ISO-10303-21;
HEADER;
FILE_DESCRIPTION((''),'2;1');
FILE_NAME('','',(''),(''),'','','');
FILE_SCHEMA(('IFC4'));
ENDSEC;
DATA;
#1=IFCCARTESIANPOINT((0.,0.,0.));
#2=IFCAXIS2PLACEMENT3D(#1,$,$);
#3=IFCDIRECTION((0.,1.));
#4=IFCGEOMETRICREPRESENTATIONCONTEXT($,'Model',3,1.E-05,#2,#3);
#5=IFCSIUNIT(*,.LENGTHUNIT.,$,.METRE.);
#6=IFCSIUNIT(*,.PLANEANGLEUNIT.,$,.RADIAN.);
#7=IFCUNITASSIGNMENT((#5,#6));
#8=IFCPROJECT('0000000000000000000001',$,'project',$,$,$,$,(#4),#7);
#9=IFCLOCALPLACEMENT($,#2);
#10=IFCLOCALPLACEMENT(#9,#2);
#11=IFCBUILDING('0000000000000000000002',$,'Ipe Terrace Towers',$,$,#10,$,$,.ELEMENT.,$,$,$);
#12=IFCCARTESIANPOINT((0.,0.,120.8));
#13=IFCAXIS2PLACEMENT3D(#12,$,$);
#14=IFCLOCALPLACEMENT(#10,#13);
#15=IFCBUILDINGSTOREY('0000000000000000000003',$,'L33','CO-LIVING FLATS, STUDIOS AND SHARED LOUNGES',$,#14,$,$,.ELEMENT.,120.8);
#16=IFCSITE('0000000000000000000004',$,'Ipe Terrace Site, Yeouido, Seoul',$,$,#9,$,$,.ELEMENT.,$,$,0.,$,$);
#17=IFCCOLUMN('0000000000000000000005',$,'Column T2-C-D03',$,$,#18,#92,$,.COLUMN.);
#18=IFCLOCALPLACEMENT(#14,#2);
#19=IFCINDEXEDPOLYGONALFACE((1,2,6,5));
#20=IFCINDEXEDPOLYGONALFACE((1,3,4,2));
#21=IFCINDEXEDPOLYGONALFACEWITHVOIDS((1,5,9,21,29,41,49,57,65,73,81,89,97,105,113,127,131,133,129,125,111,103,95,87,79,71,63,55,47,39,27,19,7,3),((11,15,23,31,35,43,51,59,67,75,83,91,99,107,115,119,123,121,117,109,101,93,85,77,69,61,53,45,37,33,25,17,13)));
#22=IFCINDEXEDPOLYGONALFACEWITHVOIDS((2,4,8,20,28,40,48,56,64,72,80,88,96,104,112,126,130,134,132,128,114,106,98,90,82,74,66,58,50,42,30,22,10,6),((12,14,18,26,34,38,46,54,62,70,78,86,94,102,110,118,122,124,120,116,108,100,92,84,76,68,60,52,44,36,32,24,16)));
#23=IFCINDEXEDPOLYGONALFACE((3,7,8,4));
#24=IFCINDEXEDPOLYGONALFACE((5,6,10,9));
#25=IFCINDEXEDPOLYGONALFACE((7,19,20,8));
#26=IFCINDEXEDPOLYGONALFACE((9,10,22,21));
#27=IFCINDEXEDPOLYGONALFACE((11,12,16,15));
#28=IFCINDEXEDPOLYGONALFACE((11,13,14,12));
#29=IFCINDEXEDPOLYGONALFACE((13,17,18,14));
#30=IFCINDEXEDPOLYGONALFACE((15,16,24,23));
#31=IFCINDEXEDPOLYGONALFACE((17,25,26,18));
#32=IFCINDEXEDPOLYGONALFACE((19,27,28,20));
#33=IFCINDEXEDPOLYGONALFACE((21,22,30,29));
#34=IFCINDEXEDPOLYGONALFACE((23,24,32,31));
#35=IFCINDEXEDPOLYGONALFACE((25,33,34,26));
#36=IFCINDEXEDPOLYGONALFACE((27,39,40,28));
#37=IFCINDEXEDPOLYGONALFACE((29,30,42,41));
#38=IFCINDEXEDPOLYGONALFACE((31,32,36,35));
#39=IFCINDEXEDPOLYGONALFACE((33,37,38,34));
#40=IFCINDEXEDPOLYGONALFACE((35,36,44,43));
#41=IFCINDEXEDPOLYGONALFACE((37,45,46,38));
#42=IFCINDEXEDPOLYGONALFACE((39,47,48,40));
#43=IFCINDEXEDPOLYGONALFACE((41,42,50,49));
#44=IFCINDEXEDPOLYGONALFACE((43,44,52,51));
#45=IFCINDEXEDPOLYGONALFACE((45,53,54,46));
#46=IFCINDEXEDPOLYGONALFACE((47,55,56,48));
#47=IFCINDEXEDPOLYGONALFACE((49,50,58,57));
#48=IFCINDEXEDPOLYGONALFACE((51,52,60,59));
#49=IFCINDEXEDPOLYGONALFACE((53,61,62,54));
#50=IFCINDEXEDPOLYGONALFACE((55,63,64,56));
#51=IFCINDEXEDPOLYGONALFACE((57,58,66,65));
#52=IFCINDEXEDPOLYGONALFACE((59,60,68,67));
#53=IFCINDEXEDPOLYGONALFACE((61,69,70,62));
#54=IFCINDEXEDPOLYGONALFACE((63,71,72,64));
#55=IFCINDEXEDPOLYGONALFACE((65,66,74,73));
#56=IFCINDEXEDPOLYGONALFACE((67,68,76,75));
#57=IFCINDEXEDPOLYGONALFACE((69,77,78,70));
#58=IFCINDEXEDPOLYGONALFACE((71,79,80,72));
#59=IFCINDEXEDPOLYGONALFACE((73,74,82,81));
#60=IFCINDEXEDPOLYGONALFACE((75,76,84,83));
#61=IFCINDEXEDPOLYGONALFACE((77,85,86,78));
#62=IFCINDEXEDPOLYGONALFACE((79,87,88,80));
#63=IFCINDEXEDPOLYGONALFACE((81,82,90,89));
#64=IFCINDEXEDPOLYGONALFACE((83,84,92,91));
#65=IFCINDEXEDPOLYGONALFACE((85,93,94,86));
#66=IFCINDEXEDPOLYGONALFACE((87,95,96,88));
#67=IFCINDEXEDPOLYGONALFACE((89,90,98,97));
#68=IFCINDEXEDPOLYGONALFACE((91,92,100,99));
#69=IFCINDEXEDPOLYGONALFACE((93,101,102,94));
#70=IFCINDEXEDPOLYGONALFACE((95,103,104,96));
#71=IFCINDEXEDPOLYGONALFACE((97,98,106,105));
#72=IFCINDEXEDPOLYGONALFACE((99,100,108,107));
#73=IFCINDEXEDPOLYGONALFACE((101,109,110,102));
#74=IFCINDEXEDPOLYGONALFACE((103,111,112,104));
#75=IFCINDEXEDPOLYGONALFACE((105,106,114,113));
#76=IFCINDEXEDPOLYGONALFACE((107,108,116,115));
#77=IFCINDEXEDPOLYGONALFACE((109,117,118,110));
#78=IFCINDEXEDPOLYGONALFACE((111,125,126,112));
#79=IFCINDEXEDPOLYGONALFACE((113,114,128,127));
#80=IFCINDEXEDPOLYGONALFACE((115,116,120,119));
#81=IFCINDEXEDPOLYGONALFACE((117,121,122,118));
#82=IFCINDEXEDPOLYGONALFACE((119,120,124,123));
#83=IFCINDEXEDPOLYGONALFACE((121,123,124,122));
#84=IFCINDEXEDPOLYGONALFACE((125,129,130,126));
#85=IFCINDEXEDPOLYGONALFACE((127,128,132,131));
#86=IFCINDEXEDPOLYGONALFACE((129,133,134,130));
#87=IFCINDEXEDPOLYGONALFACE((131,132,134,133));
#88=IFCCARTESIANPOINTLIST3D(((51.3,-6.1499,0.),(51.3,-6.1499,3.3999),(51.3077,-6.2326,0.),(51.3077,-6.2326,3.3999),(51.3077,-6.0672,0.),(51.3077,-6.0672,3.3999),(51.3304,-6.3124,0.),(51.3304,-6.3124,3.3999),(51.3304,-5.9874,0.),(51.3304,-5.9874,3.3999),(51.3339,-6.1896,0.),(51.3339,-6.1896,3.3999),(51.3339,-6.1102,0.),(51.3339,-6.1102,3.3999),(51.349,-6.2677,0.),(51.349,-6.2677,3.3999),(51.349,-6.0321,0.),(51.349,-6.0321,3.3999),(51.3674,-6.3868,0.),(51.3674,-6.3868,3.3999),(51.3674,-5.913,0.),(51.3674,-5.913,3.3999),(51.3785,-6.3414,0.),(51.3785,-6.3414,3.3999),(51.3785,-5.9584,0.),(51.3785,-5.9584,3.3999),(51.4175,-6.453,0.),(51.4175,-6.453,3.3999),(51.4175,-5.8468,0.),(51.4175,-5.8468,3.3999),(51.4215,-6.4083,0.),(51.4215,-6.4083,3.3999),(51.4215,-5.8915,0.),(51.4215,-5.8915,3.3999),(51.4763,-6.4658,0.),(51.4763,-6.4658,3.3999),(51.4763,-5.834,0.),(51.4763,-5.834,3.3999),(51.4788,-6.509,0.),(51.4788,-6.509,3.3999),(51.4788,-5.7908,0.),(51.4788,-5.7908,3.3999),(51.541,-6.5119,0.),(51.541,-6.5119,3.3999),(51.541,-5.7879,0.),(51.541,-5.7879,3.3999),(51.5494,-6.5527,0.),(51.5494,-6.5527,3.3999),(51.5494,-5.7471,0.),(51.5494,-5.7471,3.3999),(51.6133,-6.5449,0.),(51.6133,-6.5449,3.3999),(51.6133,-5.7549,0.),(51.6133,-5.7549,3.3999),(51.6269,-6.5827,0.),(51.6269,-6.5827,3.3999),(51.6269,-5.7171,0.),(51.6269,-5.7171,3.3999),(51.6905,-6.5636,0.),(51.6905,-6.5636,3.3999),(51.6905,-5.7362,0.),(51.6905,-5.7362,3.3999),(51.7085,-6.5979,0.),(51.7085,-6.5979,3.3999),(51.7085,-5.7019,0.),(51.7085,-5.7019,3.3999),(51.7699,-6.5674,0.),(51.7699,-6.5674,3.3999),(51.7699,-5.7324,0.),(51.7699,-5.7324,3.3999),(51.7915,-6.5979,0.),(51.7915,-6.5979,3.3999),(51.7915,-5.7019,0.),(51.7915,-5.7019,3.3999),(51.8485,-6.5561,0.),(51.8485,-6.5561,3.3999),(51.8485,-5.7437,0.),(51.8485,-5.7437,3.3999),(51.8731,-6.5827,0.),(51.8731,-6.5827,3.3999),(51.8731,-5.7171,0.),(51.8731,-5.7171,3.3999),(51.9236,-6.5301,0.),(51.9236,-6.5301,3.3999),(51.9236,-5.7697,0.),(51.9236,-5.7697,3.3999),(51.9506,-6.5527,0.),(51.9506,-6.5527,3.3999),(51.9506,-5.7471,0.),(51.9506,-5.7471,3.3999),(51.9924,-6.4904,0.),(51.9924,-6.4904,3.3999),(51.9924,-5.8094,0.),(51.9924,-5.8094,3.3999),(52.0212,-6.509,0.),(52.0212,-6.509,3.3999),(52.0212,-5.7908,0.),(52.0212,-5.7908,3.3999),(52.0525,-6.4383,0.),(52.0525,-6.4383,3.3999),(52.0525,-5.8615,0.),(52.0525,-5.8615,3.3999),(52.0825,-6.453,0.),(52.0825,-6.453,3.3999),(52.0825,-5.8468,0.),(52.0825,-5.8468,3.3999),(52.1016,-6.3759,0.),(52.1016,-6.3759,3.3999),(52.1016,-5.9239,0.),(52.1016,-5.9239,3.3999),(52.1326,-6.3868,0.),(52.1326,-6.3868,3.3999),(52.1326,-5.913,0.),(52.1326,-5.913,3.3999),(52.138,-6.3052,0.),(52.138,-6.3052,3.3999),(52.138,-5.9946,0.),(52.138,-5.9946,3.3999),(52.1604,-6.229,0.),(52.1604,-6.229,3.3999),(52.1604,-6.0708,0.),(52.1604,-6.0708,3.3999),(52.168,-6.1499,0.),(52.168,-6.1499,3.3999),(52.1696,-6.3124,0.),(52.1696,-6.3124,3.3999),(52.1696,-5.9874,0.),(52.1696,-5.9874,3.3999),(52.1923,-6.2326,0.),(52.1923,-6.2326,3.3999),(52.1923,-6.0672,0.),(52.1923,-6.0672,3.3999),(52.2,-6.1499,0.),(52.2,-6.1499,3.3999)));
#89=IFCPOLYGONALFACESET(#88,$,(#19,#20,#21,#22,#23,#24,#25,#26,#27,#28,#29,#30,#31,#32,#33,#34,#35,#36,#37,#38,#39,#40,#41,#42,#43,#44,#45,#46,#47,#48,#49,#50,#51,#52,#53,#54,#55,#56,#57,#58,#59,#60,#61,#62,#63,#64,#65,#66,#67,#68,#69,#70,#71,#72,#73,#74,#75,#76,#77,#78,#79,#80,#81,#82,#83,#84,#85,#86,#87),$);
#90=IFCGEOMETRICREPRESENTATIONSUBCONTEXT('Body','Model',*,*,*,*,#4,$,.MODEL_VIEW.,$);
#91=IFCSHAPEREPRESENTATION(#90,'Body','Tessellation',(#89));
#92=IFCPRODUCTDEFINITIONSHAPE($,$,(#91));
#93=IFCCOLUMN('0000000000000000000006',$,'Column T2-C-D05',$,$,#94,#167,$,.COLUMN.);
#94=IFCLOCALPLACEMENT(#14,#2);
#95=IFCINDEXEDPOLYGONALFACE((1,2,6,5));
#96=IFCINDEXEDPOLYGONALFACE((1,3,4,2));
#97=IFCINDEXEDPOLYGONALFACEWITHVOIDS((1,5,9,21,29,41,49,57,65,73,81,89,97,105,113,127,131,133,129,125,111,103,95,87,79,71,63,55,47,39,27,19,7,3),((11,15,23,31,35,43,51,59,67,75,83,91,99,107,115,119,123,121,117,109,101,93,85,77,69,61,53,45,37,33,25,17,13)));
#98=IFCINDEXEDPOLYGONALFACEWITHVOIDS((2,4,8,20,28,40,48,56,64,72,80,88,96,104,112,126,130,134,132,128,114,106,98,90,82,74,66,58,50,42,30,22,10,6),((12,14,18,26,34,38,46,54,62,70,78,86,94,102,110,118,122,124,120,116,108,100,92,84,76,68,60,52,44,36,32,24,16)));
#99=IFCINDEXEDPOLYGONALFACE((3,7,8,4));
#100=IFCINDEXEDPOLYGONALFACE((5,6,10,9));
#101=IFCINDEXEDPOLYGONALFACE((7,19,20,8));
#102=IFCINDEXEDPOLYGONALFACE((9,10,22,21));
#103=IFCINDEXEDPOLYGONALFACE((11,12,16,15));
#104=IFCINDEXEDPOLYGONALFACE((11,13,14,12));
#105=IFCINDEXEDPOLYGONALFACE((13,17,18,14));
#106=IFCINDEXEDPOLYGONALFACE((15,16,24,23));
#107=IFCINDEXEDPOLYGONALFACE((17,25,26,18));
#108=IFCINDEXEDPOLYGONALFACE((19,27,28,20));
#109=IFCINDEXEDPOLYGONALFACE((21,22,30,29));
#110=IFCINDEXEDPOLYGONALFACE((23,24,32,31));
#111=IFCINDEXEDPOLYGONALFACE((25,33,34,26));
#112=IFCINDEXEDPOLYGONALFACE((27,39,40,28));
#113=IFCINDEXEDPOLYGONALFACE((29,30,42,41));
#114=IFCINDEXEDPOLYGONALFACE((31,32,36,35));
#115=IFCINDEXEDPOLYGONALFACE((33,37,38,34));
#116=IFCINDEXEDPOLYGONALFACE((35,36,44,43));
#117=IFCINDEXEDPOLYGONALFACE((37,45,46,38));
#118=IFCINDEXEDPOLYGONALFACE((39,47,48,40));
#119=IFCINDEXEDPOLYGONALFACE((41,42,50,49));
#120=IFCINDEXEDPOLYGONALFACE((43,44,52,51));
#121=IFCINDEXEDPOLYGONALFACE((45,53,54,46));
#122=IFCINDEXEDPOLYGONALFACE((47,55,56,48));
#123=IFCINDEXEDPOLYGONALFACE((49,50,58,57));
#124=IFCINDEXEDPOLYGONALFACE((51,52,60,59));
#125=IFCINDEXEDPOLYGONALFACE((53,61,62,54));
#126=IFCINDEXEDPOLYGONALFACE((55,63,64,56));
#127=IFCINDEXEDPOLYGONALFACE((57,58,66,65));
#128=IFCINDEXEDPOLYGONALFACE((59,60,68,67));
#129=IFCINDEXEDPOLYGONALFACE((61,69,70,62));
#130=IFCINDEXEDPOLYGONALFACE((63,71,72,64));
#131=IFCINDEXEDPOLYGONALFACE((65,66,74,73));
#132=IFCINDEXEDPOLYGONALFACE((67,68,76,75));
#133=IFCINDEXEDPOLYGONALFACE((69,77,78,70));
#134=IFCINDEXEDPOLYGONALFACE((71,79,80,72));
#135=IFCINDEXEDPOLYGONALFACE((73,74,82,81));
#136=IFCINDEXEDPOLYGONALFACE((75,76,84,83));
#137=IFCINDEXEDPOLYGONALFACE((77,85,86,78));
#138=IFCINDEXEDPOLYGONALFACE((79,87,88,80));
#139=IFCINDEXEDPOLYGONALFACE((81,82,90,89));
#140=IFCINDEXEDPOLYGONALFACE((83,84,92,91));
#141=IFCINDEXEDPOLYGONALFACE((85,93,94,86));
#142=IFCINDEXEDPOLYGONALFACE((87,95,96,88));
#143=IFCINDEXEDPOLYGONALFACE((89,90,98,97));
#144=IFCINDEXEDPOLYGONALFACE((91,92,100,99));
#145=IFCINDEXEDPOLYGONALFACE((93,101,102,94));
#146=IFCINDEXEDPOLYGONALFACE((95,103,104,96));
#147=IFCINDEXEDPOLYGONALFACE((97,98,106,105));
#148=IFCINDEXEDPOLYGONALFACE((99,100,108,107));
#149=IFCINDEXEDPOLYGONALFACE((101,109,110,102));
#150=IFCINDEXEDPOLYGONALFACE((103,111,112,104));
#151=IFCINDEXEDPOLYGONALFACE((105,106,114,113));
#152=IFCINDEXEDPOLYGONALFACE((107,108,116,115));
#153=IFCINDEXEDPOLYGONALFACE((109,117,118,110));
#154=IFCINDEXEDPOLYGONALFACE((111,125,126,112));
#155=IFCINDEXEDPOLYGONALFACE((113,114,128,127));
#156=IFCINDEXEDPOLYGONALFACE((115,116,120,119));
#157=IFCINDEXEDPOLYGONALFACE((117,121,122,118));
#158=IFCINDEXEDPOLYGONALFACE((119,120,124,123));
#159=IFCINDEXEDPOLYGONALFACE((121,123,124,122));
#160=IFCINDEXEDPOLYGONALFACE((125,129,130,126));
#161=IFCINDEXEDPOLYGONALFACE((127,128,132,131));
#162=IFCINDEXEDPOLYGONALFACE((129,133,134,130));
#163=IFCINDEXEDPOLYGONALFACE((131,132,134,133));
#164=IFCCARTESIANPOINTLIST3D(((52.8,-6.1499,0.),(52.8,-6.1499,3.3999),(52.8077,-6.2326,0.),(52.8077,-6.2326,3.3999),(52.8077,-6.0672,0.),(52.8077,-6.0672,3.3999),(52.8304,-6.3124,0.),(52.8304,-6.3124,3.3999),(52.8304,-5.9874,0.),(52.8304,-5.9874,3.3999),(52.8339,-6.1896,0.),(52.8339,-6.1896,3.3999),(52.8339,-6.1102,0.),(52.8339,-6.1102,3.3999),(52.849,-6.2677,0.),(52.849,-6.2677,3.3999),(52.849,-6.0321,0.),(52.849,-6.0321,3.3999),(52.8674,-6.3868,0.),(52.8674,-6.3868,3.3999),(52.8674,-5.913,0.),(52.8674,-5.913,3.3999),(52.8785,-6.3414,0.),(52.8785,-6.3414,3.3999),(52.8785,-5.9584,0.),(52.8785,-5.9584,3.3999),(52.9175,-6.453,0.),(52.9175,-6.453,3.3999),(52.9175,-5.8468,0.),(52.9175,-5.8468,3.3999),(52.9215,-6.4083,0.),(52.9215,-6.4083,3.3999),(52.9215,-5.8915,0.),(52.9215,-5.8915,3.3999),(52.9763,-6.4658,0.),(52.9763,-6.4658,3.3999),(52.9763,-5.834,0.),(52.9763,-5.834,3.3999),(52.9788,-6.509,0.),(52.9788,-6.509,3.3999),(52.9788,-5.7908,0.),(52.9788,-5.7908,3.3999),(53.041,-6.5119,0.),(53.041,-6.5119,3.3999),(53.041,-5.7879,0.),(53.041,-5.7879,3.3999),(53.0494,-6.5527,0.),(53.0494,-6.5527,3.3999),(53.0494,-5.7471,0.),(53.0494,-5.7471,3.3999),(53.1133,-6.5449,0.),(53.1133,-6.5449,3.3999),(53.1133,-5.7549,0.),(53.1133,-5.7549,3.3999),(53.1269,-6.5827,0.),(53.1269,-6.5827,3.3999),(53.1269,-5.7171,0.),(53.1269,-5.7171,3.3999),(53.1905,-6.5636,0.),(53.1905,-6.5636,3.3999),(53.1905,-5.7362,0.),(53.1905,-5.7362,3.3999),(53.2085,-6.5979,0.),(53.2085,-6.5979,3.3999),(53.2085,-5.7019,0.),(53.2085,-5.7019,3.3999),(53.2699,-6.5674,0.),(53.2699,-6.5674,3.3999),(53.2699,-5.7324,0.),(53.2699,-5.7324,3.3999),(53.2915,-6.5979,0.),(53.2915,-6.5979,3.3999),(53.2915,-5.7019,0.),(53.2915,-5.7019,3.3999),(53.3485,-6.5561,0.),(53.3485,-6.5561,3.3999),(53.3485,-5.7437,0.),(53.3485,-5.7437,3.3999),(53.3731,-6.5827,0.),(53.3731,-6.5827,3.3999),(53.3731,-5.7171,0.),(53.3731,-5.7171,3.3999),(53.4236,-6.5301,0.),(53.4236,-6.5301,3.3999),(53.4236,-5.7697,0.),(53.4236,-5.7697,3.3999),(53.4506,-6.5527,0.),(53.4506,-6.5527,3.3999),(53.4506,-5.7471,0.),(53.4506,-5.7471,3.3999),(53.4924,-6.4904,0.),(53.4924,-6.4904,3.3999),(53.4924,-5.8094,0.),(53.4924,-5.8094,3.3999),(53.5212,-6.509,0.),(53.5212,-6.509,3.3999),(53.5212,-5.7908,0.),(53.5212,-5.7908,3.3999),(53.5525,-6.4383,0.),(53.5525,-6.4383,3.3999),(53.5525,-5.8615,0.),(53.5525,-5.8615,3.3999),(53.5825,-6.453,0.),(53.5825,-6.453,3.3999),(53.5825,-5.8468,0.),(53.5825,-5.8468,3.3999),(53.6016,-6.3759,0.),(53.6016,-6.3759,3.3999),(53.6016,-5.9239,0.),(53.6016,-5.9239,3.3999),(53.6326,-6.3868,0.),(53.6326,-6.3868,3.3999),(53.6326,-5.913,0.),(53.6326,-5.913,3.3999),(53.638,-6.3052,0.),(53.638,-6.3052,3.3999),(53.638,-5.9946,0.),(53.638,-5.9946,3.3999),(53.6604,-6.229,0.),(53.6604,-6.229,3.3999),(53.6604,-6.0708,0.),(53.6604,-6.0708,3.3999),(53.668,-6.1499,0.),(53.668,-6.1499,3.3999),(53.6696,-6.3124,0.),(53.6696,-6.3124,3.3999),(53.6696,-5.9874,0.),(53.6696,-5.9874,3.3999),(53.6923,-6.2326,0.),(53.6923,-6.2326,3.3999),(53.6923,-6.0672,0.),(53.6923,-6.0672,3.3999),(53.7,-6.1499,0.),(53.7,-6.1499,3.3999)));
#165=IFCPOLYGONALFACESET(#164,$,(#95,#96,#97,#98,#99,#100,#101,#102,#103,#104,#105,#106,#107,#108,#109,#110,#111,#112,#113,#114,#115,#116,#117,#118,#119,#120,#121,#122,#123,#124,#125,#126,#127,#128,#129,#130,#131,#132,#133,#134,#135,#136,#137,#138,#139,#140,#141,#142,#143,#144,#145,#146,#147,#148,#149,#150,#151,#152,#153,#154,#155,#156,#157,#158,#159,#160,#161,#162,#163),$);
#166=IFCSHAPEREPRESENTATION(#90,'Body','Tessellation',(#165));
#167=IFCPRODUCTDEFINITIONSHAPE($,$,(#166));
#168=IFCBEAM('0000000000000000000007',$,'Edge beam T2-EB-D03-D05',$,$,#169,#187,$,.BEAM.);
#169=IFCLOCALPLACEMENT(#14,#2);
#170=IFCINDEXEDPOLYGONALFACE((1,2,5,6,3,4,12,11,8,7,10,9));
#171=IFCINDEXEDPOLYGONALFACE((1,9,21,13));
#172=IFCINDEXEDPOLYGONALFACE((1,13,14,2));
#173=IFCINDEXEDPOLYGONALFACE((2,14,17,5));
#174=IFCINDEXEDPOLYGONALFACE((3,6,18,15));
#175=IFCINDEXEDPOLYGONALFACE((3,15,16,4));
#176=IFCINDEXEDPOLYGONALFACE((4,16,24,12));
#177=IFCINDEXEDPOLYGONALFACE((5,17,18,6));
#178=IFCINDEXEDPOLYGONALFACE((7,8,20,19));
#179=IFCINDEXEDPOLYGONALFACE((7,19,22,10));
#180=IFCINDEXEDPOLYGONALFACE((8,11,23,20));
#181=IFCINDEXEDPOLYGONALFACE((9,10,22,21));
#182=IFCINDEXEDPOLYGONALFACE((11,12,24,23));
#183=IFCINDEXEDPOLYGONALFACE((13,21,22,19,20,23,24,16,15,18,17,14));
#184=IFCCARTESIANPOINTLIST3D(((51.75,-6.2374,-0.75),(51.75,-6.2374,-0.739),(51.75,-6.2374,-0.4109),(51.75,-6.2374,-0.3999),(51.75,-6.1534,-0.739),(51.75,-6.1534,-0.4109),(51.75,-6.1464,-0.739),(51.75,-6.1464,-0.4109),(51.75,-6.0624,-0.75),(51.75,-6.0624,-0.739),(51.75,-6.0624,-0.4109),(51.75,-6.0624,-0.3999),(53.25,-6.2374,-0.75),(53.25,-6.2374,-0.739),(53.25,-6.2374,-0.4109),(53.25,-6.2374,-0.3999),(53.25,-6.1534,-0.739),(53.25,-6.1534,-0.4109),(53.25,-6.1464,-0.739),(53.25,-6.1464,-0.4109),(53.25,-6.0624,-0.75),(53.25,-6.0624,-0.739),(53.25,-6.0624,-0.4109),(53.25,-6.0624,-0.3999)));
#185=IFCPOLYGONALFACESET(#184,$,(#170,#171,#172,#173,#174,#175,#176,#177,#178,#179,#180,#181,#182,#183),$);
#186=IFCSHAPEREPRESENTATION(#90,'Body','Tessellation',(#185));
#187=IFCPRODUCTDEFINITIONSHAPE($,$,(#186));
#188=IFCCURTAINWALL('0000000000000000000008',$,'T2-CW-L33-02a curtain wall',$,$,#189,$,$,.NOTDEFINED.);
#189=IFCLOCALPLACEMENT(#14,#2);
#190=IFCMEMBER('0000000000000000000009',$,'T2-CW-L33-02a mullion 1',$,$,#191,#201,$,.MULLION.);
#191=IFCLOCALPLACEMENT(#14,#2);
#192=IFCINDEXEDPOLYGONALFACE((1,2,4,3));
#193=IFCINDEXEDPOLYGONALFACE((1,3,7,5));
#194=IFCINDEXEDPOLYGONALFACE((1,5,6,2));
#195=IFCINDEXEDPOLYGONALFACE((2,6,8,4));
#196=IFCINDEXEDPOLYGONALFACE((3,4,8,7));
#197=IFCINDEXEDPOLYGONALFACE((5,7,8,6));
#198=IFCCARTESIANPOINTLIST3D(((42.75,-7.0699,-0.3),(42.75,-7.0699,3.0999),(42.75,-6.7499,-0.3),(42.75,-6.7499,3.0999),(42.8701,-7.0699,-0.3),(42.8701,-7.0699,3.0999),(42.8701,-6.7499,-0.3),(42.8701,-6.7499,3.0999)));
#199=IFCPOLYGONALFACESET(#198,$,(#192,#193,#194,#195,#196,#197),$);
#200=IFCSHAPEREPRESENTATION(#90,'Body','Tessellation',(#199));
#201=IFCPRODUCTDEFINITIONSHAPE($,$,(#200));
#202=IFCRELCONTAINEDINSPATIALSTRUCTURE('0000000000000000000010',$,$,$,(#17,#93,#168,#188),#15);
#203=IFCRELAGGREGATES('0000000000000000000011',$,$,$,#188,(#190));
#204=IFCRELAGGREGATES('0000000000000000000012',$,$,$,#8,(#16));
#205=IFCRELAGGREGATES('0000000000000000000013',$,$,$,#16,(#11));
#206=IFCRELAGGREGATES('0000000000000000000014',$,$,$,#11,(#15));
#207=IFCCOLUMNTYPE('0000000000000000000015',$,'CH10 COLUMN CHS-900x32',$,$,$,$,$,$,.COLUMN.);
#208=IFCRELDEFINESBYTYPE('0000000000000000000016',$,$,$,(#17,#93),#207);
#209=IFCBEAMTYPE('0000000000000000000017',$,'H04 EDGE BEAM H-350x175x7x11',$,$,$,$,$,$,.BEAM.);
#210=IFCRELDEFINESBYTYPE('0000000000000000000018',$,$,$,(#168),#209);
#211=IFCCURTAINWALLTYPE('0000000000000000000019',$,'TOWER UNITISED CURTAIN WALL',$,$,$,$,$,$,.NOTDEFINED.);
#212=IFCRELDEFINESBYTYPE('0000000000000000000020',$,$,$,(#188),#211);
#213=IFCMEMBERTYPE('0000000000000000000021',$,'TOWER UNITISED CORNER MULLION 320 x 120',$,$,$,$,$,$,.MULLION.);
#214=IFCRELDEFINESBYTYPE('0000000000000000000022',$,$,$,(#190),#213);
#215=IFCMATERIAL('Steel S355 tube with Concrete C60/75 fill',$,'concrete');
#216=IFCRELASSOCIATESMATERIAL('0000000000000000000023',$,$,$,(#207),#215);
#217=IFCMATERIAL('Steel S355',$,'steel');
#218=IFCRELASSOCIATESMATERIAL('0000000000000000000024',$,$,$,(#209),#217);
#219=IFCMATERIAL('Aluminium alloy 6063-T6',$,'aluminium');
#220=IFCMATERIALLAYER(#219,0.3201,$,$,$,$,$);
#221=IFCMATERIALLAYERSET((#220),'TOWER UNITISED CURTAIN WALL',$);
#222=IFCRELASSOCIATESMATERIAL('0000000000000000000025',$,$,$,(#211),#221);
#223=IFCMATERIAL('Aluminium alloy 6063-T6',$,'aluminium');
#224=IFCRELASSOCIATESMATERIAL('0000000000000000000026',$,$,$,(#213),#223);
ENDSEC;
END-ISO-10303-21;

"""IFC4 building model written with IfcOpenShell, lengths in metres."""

from ifc_helpers import new_model, si_unit, direction, frame, origin, origin_2d, place, context, subcontext, project, spatial, rectangle, hollow_circle, i_section, extrude, material, layer, layer_set, material_profile, profile_set, type_object, element, aggregate, save


model = new_model("IFC4")

# Units and contexts
model_context = context("Model", 3, precision=1e-05, world=origin(), true_north=direction((0.0, 1.0)))
body_context = subcontext(model_context, "Body", "Model", "MODEL_VIEW")
ifc_project = project(units=[si_unit("LENGTHUNIT", "METRE"), si_unit("PLANEANGLEUNIT", "RADIAN")], contexts=[model_context])

# Site, building, storey
site_placement = place(None, origin())
site = spatial("IfcSite", under=ifc_project, at=site_placement, Name="Ipe Terrace Site, Yeouido, Seoul", CompositionType="ELEMENT", RefElevation=0.0)
building_placement = place(site_placement, origin())
building = spatial("IfcBuilding", under=site, at=building_placement, Name="Ipe Terrace Towers", CompositionType="ELEMENT")
storey_placement = place(building_placement, frame((0.0, 0.0, 120.8)))
storey = spatial("IfcBuildingStorey", under=building, at=storey_placement, Name="L33", Description="CO-LIVING FLATS, STUDIOS AND SHARED LOUNGES", CompositionType="ELEMENT", Elevation=120.8)

# Columns
ifc_material_1 = material(Name="Steel S355 tube with Concrete C60/75 fill", Category="concrete")
ifc_material_profile_1 = material_profile(ifc_material_1, hollow_circle(Radius=0.45, WallThickness=0.032, at=origin_2d()), Name="CHS-900x32")
ifc_profile_set_1 = profile_set([ifc_material_profile_1], Name="Steel S355 tube with Concrete C60/75 fill")
column_type = type_object("IfcColumnType", Name="CH10 COLUMN CHS-900x32", PredefinedType="COLUMN", material=ifc_profile_set_1)
for number, where, z_axis, x_axis, name in (
    (1, (51.75, -6.1499, 0.0), (0.0, 0.0, 1.0), (1.0, 0.0, 0.0), "Column T2-C-D03"),
    (2, (53.25, -6.1499, 0.0), (0.0, 0.0, 1.0), (1.0, 0.0, 0.0), "Column T2-C-D05"),
):
    element("IfcColumn", number, at=place(storey_placement, frame(where, z_axis=z_axis, x_axis=x_axis)), inside=storey, type_object=column_type, Name=name, PredefinedType="COLUMN", context=body_context, shape_type="SweptSolid", body=[
        extrude(hollow_circle(Radius=0.45, WallThickness=0.032, at=origin_2d()), origin(), (0.0, 0.0, 1.0), 3.3999),
    ])

# Beam
ifc_material_2 = material(Name="Steel S355", Category="steel")
ifc_material_profile_2 = material_profile(ifc_material_2, i_section(OverallWidth=0.175, OverallDepth=0.3501, WebThickness=0.0071, FlangeThickness=0.011, at=origin_2d()), Name="H-350x175x7x11")
ifc_profile_set_2 = profile_set([ifc_material_profile_2], Name="Steel S355")
beam_type = type_object("IfcBeamType", Name="H04 EDGE BEAM H-350x175x7x11", PredefinedType="BEAM", material=ifc_profile_set_2)
beam_placement = place(storey_placement, frame((51.75, -6.1499, -0.575), z_axis=(1.0, 0.0, 0.0), x_axis=(0.0, 1.0, 0.0)))
element("IfcBeam", 3, at=beam_placement, inside=storey, type_object=beam_type, Name="Edge beam T2-EB-D03-D05", PredefinedType="BEAM", context=body_context, shape_type="SweptSolid", body=[
    extrude(i_section(OverallWidth=0.175, OverallDepth=0.3501, WebThickness=0.0071, FlangeThickness=0.011, at=origin_2d()), origin(), (0.0, 0.0, 1.0), 1.5),
])

# Curtain wall, member
ifc_material_3 = material(Name="Aluminium alloy 6063-T6", Category="aluminium")
ifc_layer_1 = layer(ifc_material_3, 0.3201)
ifc_layer_set_1 = layer_set([ifc_layer_1], Name="TOWER UNITISED CURTAIN WALL")
curtain_wall_type = type_object("IfcCurtainWallType", Name="TOWER UNITISED CURTAIN WALL", PredefinedType="NOTDEFINED", material=ifc_layer_set_1)
curtain_wall_1_placement = place(storey_placement, origin())
curtain_wall_1 = element("IfcCurtainWall", 4, at=curtain_wall_1_placement, inside=storey, type_object=curtain_wall_type, Name="T2-CW-L33-02a curtain wall", PredefinedType="NOTDEFINED")
ifc_material_4 = material(Name="Aluminium alloy 6063-T6", Category="aluminium")
ifc_material_profile_3 = material_profile(ifc_material_4, rectangle(XDim=0.3201, YDim=0.1201, at=origin_2d()), Name="TOWER UNITISED CORNER MULLION 320 x 120")
ifc_profile_set_3 = profile_set([ifc_material_profile_3], Name="Aluminium alloy 6063-T6")
member_type_1 = type_object("IfcMemberType", Name="TOWER UNITISED CORNER MULLION 320 x 120", PredefinedType="MULLION", material=ifc_profile_set_3)
member_1_placement = place(storey_placement, frame((42.8101, -6.9099, -0.3), z_axis=(0.0, 0.0, 1.0), x_axis=(0.0, -1.0, 0.0)))
member_1 = element("IfcMember", 5, at=member_1_placement, type_object=member_type_1, Name="T2-CW-L33-02a mullion 1", PredefinedType="MULLION", context=body_context, shape_type="SweptSolid", body=[
    extrude(rectangle(XDim=0.3201, YDim=0.1201, at=origin_2d()), origin(), (0.0, 0.0, 1.0), 3.3999),
])

aggregate(curtain_wall_1, [member_1])

save(model, "model.ifc")
